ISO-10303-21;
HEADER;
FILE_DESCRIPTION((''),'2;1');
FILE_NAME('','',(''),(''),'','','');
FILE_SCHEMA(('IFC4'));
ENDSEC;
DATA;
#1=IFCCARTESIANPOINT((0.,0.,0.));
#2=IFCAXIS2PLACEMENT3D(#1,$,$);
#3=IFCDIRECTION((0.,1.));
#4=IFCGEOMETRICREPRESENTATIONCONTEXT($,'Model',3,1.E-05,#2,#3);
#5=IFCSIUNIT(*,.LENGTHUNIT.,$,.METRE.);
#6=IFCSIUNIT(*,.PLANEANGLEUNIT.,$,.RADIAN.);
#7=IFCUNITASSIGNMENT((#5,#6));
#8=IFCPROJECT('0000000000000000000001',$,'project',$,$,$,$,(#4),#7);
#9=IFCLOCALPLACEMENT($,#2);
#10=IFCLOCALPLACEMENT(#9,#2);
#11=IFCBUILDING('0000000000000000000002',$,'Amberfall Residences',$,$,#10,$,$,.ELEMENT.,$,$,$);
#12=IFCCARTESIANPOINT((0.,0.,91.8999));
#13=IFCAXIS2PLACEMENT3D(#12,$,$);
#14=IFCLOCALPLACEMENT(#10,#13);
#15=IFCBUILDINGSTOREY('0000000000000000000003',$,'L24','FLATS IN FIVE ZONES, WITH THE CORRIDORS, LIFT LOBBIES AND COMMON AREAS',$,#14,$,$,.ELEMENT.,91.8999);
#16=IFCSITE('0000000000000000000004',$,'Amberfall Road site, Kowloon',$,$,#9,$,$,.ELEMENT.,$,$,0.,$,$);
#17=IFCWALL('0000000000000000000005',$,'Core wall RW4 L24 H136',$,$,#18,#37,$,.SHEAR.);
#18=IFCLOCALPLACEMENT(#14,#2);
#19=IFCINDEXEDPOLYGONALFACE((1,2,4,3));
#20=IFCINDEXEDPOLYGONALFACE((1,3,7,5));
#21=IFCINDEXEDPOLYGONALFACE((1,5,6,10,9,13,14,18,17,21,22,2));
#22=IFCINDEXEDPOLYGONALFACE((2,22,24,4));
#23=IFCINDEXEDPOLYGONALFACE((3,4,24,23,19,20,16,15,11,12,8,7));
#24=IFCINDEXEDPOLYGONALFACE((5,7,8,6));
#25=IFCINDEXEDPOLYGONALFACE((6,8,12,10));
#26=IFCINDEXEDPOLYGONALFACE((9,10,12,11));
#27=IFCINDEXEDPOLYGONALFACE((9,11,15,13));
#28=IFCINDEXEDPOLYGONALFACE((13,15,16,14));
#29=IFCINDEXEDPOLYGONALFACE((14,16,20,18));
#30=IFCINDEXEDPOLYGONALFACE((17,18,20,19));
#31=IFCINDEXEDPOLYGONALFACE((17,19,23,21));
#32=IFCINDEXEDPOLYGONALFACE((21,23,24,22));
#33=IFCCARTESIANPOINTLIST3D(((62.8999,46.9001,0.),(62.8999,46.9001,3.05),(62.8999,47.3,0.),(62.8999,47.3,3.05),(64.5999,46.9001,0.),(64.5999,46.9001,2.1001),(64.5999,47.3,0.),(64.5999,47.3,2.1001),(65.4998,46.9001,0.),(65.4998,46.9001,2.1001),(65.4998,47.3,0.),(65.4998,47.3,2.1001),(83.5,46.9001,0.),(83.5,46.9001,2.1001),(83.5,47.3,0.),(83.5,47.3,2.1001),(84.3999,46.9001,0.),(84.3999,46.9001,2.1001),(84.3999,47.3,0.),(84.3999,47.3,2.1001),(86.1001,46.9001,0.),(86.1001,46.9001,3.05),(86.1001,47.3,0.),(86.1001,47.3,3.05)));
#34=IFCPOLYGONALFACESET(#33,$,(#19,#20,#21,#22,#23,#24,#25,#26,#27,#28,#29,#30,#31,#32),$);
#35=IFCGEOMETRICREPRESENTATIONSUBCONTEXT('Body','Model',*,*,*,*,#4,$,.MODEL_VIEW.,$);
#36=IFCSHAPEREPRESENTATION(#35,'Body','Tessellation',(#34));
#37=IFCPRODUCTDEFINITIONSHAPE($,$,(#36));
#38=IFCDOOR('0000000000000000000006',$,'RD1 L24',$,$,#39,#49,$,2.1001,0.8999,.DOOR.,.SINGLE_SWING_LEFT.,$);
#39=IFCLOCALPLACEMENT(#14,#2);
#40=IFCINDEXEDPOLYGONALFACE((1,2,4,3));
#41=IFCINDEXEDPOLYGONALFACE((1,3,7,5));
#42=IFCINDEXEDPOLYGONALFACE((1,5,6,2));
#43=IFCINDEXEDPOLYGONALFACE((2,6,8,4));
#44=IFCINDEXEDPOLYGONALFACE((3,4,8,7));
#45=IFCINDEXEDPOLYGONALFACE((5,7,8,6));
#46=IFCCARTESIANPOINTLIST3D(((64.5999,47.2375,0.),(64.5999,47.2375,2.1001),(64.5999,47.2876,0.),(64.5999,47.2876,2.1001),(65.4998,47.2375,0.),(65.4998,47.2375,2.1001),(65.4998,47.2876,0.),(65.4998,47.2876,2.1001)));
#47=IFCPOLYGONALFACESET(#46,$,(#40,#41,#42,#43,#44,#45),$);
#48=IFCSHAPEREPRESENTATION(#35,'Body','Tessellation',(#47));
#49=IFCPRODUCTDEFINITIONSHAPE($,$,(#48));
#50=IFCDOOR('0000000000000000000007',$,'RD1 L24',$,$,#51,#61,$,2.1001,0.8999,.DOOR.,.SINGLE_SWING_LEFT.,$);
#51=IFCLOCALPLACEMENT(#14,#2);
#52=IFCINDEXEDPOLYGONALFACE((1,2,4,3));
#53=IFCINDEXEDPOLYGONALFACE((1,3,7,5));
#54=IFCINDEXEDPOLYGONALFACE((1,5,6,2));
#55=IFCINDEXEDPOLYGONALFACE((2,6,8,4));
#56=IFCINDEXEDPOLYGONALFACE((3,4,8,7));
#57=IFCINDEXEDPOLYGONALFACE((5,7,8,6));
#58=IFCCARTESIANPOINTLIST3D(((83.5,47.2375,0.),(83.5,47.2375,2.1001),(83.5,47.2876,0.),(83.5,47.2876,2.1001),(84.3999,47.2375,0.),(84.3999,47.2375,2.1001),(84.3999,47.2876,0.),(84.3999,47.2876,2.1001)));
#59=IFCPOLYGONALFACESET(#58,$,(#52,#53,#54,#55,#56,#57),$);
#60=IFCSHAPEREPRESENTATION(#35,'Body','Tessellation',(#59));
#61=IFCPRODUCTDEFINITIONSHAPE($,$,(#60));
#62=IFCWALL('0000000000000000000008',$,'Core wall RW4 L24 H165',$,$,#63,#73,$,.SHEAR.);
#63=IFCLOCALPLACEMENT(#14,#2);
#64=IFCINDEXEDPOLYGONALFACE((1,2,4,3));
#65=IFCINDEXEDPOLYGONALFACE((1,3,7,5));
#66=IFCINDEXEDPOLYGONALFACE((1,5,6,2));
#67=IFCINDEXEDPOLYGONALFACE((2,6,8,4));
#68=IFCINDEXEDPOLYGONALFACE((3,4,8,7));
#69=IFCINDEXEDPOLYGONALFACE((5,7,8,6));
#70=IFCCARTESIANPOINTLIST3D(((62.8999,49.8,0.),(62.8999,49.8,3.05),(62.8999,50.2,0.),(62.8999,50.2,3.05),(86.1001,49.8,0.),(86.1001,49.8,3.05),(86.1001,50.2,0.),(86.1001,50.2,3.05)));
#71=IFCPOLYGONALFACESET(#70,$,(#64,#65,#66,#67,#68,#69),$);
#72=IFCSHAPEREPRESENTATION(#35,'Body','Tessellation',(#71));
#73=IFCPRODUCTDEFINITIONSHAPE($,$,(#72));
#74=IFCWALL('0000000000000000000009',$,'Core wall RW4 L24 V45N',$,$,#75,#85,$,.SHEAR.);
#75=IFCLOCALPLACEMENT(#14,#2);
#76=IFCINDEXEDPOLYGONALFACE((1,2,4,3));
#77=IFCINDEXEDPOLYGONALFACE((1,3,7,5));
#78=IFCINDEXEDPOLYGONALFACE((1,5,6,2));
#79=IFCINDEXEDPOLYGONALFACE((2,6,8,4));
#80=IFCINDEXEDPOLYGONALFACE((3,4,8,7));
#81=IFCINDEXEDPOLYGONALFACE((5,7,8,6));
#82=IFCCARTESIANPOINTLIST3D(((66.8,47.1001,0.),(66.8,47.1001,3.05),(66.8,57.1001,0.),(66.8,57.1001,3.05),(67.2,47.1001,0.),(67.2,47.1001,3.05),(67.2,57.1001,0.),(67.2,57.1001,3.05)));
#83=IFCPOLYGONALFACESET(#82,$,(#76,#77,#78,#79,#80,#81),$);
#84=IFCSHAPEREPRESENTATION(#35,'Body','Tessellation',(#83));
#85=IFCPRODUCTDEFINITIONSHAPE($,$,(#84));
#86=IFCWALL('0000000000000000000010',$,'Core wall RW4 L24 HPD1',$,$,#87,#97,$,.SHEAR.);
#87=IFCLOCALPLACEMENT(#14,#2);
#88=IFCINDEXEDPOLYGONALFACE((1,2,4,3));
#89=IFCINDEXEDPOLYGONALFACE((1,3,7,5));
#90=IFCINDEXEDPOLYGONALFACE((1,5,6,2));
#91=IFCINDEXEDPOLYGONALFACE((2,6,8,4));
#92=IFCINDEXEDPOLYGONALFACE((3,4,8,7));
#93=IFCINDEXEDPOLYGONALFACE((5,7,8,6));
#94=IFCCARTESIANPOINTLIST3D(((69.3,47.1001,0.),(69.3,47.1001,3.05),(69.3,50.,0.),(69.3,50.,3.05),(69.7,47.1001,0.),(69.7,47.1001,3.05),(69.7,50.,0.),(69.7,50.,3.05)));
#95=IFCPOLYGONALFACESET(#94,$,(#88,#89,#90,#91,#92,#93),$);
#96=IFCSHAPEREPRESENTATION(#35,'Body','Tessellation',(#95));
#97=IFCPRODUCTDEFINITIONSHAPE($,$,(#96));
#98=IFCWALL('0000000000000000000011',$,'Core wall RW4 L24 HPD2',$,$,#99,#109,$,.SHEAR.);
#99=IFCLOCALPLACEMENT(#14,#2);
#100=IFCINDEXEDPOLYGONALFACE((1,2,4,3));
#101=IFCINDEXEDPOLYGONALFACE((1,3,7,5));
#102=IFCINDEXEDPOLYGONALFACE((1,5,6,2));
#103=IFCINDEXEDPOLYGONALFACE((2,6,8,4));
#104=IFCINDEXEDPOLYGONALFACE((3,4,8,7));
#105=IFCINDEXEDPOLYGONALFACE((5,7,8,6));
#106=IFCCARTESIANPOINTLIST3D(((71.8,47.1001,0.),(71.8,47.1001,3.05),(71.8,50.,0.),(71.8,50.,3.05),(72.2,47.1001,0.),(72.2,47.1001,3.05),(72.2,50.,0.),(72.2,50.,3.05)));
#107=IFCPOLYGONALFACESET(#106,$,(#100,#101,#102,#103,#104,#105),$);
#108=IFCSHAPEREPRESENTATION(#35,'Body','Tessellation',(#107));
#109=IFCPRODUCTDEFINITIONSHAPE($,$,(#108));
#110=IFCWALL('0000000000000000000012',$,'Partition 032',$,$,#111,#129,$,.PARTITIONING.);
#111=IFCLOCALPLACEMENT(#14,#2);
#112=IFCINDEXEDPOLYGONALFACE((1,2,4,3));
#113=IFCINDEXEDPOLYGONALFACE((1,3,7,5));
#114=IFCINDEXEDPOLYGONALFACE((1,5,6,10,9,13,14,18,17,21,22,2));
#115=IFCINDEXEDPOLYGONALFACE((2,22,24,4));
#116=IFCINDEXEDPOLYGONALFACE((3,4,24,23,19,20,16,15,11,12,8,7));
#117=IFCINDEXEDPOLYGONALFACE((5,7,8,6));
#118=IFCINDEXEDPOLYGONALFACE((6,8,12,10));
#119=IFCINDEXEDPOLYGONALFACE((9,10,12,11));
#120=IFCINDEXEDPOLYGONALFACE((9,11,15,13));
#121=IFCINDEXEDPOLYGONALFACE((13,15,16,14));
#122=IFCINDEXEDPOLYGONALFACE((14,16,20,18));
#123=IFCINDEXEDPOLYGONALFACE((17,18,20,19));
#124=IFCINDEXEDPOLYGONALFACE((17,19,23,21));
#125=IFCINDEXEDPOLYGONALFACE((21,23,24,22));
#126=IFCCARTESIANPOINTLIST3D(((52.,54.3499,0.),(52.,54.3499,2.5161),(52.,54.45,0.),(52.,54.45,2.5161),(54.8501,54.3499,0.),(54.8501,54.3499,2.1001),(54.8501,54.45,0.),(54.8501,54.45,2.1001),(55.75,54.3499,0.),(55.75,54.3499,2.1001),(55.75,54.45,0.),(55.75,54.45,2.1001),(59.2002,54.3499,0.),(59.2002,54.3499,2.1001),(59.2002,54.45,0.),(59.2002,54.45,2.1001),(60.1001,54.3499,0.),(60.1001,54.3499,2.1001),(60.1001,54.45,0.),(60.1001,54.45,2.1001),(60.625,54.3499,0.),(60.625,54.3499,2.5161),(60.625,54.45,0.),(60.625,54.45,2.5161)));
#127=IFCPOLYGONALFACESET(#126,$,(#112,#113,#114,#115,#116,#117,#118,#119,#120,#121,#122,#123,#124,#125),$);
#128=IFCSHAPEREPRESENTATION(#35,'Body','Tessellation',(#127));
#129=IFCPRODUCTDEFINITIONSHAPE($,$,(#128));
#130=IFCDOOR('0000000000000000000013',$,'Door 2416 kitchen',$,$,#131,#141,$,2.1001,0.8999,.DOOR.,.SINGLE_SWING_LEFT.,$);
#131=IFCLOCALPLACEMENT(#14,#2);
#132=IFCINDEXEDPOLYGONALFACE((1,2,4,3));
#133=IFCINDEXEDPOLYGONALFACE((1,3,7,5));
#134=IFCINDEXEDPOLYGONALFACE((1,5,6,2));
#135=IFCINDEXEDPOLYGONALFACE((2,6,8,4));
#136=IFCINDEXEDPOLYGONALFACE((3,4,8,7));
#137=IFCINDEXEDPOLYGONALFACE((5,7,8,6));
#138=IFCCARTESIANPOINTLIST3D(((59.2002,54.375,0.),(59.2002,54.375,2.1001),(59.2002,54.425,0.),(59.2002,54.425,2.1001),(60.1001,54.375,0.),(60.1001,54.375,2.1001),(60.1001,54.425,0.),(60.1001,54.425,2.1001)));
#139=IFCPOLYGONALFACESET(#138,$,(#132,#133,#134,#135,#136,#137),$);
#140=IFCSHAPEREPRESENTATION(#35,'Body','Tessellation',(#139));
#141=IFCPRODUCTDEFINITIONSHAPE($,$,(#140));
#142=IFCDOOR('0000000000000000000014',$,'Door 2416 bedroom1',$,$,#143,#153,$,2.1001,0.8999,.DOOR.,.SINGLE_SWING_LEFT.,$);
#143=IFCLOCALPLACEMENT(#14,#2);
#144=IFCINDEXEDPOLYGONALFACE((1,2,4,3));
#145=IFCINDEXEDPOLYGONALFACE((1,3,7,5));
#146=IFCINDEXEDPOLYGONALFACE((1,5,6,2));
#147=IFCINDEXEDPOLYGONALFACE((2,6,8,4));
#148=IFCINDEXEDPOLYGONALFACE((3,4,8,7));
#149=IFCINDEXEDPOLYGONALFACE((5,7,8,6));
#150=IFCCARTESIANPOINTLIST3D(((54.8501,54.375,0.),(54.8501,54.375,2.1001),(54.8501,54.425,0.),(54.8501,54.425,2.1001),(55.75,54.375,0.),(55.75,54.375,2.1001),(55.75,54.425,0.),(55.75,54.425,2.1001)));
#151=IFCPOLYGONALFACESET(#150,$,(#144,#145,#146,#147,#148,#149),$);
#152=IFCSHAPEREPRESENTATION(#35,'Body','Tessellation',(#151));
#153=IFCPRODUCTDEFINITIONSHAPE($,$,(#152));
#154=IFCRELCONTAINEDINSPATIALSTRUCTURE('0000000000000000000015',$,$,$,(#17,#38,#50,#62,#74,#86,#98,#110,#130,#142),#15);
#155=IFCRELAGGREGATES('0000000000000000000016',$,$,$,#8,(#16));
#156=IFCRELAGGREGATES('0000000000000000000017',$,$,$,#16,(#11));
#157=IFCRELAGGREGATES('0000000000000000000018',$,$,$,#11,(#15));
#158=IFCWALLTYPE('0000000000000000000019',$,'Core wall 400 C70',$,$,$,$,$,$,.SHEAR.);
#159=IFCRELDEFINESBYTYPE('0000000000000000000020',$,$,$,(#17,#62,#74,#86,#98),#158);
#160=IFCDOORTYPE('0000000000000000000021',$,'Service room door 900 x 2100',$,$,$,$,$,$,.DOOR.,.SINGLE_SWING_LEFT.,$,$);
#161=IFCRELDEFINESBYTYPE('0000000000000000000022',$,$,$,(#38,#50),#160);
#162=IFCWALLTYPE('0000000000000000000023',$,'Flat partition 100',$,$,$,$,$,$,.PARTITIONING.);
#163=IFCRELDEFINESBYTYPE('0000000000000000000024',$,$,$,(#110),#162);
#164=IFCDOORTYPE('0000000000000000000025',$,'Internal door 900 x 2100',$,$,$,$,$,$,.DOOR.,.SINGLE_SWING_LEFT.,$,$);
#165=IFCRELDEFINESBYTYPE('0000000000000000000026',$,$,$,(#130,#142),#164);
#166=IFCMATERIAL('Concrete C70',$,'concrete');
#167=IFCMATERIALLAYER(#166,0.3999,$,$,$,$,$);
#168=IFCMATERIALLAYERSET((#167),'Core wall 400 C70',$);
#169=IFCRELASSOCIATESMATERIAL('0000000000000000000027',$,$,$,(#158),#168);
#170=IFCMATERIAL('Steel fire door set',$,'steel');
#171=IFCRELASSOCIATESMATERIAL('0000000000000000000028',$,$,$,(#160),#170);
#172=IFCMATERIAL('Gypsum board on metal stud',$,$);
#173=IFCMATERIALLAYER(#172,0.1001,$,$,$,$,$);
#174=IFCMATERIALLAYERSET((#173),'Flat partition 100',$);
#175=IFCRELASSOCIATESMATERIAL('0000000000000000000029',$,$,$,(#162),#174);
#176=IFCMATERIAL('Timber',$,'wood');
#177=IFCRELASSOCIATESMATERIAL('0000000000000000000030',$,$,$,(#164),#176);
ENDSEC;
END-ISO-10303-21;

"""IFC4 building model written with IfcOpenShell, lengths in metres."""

from ifc_helpers import new_model, si_unit, direction, frame, frame_2d, origin, place, context, subcontext, project, spatial, rectangle, extrude, material, layer, layer_set, type_object, element, fill, save


model = new_model("IFC4")

# Units and contexts
model_context = context("Model", 3, precision=1e-05, world=origin(), true_north=direction((0.0, 1.0)))
body_context = subcontext(model_context, "Body", "Model", "MODEL_VIEW")
ifc_project = project(units=[si_unit("LENGTHUNIT", "METRE"), si_unit("PLANEANGLEUNIT", "RADIAN")], contexts=[model_context])

# Site, building, storey
site_placement = place(None, origin())
site = spatial("IfcSite", under=ifc_project, at=site_placement, Name="Amberfall Road site, Kowloon", CompositionType="ELEMENT", RefElevation=0.0)
building_placement = place(site_placement, origin())
building = spatial("IfcBuilding", under=site, at=building_placement, Name="Amberfall Residences", CompositionType="ELEMENT")
storey_placement = place(building_placement, frame((0.0, 0.0, 91.8999)))
storey = spatial("IfcBuildingStorey", under=building, at=storey_placement, Name="L24", Description="FLATS IN FIVE ZONES, WITH THE CORRIDORS, LIFT LOBBIES AND COMMON AREAS", CompositionType="ELEMENT", Elevation=91.8999)

# Wall, openings, doors
ifc_material_1 = material(Name="Concrete C70", Category="concrete")
ifc_layer_1 = layer(ifc_material_1, 0.3999)
ifc_layer_set_1 = layer_set([ifc_layer_1], Name="Core wall 400 C70")
wall_type_1 = type_object("IfcWallType", Name="Core wall 400 C70", PredefinedType="SHEAR", material=ifc_layer_set_1)
wall_1_placement = place(storey_placement, frame((62.8999, 47.1001, 0.0), z_axis=(0.0, 0.0, 1.0), x_axis=(1.0, 0.0, 0.0)))
wall_1 = element("IfcWall", 1, at=wall_1_placement, inside=storey, type_object=wall_type_1, Name="Core wall RW4 L24 H136", PredefinedType="SHEAR", context=body_context, shape_type="SweptSolid", body=[
    extrude(rectangle(XDim=23.2002, YDim=0.3999, at=frame_2d((11.6001, 0.0))), origin(), (0.0, 0.0, 1.0), 3.05),
])
opening_1_placement = place(wall_1_placement, frame((1.7, 0.0, 0.0)))
opening_1 = element("IfcOpeningElement", 2, at=opening_1_placement, cuts=wall_1, PredefinedType="OPENING", context=body_context, shape_type="SweptSolid", body=[
    extrude(rectangle(XDim=0.8999, YDim=2.1001, at=frame_2d((0.45, 1.05))), frame((0.0, 0.21, 0.0), z_axis=(0.0, -1.0, 0.0), x_axis=(1.0, 0.0, 0.0)), (0.0, 0.0, 1.0), 0.4199),
])
opening_2_placement = place(wall_1_placement, frame((20.6001, 0.0, 0.0)))
opening_2 = element("IfcOpeningElement", 3, at=opening_2_placement, cuts=wall_1, PredefinedType="OPENING", context=body_context, shape_type="SweptSolid", body=[
    extrude(rectangle(XDim=0.8999, YDim=2.1001, at=frame_2d((0.45, 1.05))), frame((0.0, 0.21, 0.0), z_axis=(0.0, -1.0, 0.0), x_axis=(1.0, 0.0, 0.0)), (0.0, 0.0, 1.0), 0.4199),
])
ifc_material_2 = material(Name="Steel fire door set", Category="steel")
door_type_1 = type_object("IfcDoorType", Name="Service room door 900 x 2100", OperationType="SINGLE_SWING_LEFT", PredefinedType="DOOR", material=ifc_material_2)
door_1_placement = place(opening_1_placement, origin())
door_1 = element("IfcDoor", 4, at=door_1_placement, inside=storey, type_object=door_type_1, Name="RD1 L24", OperationType="SINGLE_SWING_LEFT", OverallHeight=2.1001, OverallWidth=0.8999, PredefinedType="DOOR", context=body_context, shape_type="SweptSolid", body=[
    extrude(rectangle(XDim=0.8999, YDim=2.1001, at=frame_2d((0.45, 1.05))), frame((0.0, 0.1875, 0.0), z_axis=(0.0, -1.0, 0.0), x_axis=(1.0, 0.0, 0.0)), (0.0, 0.0, 1.0), 0.05),
])
fill(opening_1, door_1)
door_2_placement = place(opening_2_placement, origin())
door_2 = element("IfcDoor", 5, at=door_2_placement, inside=storey, type_object=door_type_1, Name="RD1 L24", OperationType="SINGLE_SWING_LEFT", OverallHeight=2.1001, OverallWidth=0.8999, PredefinedType="DOOR", context=body_context, shape_type="SweptSolid", body=[
    extrude(rectangle(XDim=0.8999, YDim=2.1001, at=frame_2d((0.45, 1.05))), frame((0.0, 0.1875, 0.0), z_axis=(0.0, -1.0, 0.0), x_axis=(1.0, 0.0, 0.0)), (0.0, 0.0, 1.0), 0.05),
])
fill(opening_2, door_2)

# Walls
wall_2_placement = place(storey_placement, frame((62.8999, 50.0, 0.0), z_axis=(0.0, 0.0, 1.0), x_axis=(1.0, 0.0, 0.0)))
element("IfcWall", 6, at=wall_2_placement, inside=storey, type_object=wall_type_1, Name="Core wall RW4 L24 H165", PredefinedType="SHEAR", context=body_context, shape_type="SweptSolid", body=[
    extrude(rectangle(XDim=23.2002, YDim=0.3999, at=frame_2d((11.6001, 0.0))), origin(), (0.0, 0.0, 1.0), 3.05),
])
wall_3_placement = place(storey_placement, frame((67.0, 47.1001, 0.0), z_axis=(0.0, 0.0, 1.0), x_axis=(0.0, 1.0, 0.0)))
element("IfcWall", 7, at=wall_3_placement, inside=storey, type_object=wall_type_1, Name="Core wall RW4 L24 V45N", PredefinedType="SHEAR", context=body_context, shape_type="SweptSolid", body=[
    extrude(rectangle(XDim=10.0, YDim=0.3999, at=frame_2d((5.0, 0.0))), origin(), (0.0, 0.0, 1.0), 3.05),
])
for number, where, z_axis, x_axis, name in (
    (8, (69.5, 47.1001, 0.0), (0.0, 0.0, 1.0), (0.0, 1.0, 0.0), "Core wall RW4 L24 HPD1"),
    (9, (72.0, 47.1001, 0.0), (0.0, 0.0, 1.0), (0.0, 1.0, 0.0), "Core wall RW4 L24 HPD2"),
):
    element("IfcWall", number, at=place(storey_placement, frame(where, z_axis=z_axis, x_axis=x_axis)), inside=storey, type_object=wall_type_1, Name=name, PredefinedType="SHEAR", context=body_context, shape_type="SweptSolid", body=[
        extrude(rectangle(XDim=2.8999, YDim=0.3999, at=frame_2d((1.45, 0.0))), origin(), (0.0, 0.0, 1.0), 3.05),
    ])

# Wall, openings, doors
ifc_material_3 = material(Name="Gypsum board on metal stud")
ifc_layer_2 = layer(ifc_material_3, 0.1001)
ifc_layer_set_2 = layer_set([ifc_layer_2], Name="Flat partition 100")
wall_type_2 = type_object("IfcWallType", Name="Flat partition 100", PredefinedType="PARTITIONING", material=ifc_layer_set_2)
wall_4_placement = place(storey_placement, frame((60.625, 54.3999, 0.0), z_axis=(0.0, 0.0, 1.0), x_axis=(-1.0, 0.0, 0.0)))
wall_4 = element("IfcWall", 10, at=wall_4_placement, inside=storey, type_object=wall_type_2, Name="Partition 032", PredefinedType="PARTITIONING", context=body_context, shape_type="SweptSolid", body=[
    extrude(rectangle(XDim=8.625, YDim=0.1001, at=frame_2d((4.3125, 0.0))), origin(), (0.0, 0.0, 1.0), 2.5161),
])
opening_3_placement = place(wall_4_placement, frame((0.5249, 0.0, 0.0)))
opening_3 = element("IfcOpeningElement", 11, at=opening_3_placement, cuts=wall_4, PredefinedType="OPENING", context=body_context, shape_type="SweptSolid", body=[
    extrude(rectangle(XDim=0.8999, YDim=2.1001, at=frame_2d((0.45, 1.05))), frame((0.0, 0.0601, 0.0), z_axis=(0.0, -1.0, 0.0), x_axis=(1.0, 0.0, 0.0)), (0.0, 0.0, 1.0), 0.1201),
])
opening_4_placement = place(wall_4_placement, frame((4.875, 0.0, 0.0)))
opening_4 = element("IfcOpeningElement", 12, at=opening_4_placement, cuts=wall_4, PredefinedType="OPENING", context=body_context, shape_type="SweptSolid", body=[
    extrude(rectangle(XDim=0.8999, YDim=2.1001, at=frame_2d((0.45, 1.05))), frame((0.0, 0.0601, 0.0), z_axis=(0.0, -1.0, 0.0), x_axis=(1.0, 0.0, 0.0)), (0.0, 0.0, 1.0), 0.1201),
])
ifc_material_4 = material(Name="Timber", Category="wood")
door_type_2 = type_object("IfcDoorType", Name="Internal door 900 x 2100", OperationType="SINGLE_SWING_LEFT", PredefinedType="DOOR", material=ifc_material_4)
door_3_placement = place(opening_3_placement, origin())
door_3 = element("IfcDoor", 13, at=door_3_placement, inside=storey, type_object=door_type_2, Name="Door 2416 kitchen", OperationType="SINGLE_SWING_LEFT", OverallHeight=2.1001, OverallWidth=0.8999, PredefinedType="DOOR", context=body_context, shape_type="SweptSolid", body=[
    extrude(rectangle(XDim=0.8999, YDim=2.1001, at=frame_2d((0.45, 1.05))), frame((0.0, 0.0249, 0.0), z_axis=(0.0, -1.0, 0.0), x_axis=(1.0, 0.0, 0.0)), (0.0, 0.0, 1.0), 0.05),
])
fill(opening_3, door_3)
door_4_placement = place(opening_4_placement, origin())
door_4 = element("IfcDoor", 14, at=door_4_placement, inside=storey, type_object=door_type_2, Name="Door 2416 bedroom1", OperationType="SINGLE_SWING_LEFT", OverallHeight=2.1001, OverallWidth=0.8999, PredefinedType="DOOR", context=body_context, shape_type="SweptSolid", body=[
    extrude(rectangle(XDim=0.8999, YDim=2.1001, at=frame_2d((0.45, 1.05))), frame((0.0, 0.0249, 0.0), z_axis=(0.0, -1.0, 0.0), x_axis=(1.0, 0.0, 0.0)), (0.0, 0.0, 1.0), 0.05),
])
fill(opening_4, door_4)

save(model, "model.ifc")
